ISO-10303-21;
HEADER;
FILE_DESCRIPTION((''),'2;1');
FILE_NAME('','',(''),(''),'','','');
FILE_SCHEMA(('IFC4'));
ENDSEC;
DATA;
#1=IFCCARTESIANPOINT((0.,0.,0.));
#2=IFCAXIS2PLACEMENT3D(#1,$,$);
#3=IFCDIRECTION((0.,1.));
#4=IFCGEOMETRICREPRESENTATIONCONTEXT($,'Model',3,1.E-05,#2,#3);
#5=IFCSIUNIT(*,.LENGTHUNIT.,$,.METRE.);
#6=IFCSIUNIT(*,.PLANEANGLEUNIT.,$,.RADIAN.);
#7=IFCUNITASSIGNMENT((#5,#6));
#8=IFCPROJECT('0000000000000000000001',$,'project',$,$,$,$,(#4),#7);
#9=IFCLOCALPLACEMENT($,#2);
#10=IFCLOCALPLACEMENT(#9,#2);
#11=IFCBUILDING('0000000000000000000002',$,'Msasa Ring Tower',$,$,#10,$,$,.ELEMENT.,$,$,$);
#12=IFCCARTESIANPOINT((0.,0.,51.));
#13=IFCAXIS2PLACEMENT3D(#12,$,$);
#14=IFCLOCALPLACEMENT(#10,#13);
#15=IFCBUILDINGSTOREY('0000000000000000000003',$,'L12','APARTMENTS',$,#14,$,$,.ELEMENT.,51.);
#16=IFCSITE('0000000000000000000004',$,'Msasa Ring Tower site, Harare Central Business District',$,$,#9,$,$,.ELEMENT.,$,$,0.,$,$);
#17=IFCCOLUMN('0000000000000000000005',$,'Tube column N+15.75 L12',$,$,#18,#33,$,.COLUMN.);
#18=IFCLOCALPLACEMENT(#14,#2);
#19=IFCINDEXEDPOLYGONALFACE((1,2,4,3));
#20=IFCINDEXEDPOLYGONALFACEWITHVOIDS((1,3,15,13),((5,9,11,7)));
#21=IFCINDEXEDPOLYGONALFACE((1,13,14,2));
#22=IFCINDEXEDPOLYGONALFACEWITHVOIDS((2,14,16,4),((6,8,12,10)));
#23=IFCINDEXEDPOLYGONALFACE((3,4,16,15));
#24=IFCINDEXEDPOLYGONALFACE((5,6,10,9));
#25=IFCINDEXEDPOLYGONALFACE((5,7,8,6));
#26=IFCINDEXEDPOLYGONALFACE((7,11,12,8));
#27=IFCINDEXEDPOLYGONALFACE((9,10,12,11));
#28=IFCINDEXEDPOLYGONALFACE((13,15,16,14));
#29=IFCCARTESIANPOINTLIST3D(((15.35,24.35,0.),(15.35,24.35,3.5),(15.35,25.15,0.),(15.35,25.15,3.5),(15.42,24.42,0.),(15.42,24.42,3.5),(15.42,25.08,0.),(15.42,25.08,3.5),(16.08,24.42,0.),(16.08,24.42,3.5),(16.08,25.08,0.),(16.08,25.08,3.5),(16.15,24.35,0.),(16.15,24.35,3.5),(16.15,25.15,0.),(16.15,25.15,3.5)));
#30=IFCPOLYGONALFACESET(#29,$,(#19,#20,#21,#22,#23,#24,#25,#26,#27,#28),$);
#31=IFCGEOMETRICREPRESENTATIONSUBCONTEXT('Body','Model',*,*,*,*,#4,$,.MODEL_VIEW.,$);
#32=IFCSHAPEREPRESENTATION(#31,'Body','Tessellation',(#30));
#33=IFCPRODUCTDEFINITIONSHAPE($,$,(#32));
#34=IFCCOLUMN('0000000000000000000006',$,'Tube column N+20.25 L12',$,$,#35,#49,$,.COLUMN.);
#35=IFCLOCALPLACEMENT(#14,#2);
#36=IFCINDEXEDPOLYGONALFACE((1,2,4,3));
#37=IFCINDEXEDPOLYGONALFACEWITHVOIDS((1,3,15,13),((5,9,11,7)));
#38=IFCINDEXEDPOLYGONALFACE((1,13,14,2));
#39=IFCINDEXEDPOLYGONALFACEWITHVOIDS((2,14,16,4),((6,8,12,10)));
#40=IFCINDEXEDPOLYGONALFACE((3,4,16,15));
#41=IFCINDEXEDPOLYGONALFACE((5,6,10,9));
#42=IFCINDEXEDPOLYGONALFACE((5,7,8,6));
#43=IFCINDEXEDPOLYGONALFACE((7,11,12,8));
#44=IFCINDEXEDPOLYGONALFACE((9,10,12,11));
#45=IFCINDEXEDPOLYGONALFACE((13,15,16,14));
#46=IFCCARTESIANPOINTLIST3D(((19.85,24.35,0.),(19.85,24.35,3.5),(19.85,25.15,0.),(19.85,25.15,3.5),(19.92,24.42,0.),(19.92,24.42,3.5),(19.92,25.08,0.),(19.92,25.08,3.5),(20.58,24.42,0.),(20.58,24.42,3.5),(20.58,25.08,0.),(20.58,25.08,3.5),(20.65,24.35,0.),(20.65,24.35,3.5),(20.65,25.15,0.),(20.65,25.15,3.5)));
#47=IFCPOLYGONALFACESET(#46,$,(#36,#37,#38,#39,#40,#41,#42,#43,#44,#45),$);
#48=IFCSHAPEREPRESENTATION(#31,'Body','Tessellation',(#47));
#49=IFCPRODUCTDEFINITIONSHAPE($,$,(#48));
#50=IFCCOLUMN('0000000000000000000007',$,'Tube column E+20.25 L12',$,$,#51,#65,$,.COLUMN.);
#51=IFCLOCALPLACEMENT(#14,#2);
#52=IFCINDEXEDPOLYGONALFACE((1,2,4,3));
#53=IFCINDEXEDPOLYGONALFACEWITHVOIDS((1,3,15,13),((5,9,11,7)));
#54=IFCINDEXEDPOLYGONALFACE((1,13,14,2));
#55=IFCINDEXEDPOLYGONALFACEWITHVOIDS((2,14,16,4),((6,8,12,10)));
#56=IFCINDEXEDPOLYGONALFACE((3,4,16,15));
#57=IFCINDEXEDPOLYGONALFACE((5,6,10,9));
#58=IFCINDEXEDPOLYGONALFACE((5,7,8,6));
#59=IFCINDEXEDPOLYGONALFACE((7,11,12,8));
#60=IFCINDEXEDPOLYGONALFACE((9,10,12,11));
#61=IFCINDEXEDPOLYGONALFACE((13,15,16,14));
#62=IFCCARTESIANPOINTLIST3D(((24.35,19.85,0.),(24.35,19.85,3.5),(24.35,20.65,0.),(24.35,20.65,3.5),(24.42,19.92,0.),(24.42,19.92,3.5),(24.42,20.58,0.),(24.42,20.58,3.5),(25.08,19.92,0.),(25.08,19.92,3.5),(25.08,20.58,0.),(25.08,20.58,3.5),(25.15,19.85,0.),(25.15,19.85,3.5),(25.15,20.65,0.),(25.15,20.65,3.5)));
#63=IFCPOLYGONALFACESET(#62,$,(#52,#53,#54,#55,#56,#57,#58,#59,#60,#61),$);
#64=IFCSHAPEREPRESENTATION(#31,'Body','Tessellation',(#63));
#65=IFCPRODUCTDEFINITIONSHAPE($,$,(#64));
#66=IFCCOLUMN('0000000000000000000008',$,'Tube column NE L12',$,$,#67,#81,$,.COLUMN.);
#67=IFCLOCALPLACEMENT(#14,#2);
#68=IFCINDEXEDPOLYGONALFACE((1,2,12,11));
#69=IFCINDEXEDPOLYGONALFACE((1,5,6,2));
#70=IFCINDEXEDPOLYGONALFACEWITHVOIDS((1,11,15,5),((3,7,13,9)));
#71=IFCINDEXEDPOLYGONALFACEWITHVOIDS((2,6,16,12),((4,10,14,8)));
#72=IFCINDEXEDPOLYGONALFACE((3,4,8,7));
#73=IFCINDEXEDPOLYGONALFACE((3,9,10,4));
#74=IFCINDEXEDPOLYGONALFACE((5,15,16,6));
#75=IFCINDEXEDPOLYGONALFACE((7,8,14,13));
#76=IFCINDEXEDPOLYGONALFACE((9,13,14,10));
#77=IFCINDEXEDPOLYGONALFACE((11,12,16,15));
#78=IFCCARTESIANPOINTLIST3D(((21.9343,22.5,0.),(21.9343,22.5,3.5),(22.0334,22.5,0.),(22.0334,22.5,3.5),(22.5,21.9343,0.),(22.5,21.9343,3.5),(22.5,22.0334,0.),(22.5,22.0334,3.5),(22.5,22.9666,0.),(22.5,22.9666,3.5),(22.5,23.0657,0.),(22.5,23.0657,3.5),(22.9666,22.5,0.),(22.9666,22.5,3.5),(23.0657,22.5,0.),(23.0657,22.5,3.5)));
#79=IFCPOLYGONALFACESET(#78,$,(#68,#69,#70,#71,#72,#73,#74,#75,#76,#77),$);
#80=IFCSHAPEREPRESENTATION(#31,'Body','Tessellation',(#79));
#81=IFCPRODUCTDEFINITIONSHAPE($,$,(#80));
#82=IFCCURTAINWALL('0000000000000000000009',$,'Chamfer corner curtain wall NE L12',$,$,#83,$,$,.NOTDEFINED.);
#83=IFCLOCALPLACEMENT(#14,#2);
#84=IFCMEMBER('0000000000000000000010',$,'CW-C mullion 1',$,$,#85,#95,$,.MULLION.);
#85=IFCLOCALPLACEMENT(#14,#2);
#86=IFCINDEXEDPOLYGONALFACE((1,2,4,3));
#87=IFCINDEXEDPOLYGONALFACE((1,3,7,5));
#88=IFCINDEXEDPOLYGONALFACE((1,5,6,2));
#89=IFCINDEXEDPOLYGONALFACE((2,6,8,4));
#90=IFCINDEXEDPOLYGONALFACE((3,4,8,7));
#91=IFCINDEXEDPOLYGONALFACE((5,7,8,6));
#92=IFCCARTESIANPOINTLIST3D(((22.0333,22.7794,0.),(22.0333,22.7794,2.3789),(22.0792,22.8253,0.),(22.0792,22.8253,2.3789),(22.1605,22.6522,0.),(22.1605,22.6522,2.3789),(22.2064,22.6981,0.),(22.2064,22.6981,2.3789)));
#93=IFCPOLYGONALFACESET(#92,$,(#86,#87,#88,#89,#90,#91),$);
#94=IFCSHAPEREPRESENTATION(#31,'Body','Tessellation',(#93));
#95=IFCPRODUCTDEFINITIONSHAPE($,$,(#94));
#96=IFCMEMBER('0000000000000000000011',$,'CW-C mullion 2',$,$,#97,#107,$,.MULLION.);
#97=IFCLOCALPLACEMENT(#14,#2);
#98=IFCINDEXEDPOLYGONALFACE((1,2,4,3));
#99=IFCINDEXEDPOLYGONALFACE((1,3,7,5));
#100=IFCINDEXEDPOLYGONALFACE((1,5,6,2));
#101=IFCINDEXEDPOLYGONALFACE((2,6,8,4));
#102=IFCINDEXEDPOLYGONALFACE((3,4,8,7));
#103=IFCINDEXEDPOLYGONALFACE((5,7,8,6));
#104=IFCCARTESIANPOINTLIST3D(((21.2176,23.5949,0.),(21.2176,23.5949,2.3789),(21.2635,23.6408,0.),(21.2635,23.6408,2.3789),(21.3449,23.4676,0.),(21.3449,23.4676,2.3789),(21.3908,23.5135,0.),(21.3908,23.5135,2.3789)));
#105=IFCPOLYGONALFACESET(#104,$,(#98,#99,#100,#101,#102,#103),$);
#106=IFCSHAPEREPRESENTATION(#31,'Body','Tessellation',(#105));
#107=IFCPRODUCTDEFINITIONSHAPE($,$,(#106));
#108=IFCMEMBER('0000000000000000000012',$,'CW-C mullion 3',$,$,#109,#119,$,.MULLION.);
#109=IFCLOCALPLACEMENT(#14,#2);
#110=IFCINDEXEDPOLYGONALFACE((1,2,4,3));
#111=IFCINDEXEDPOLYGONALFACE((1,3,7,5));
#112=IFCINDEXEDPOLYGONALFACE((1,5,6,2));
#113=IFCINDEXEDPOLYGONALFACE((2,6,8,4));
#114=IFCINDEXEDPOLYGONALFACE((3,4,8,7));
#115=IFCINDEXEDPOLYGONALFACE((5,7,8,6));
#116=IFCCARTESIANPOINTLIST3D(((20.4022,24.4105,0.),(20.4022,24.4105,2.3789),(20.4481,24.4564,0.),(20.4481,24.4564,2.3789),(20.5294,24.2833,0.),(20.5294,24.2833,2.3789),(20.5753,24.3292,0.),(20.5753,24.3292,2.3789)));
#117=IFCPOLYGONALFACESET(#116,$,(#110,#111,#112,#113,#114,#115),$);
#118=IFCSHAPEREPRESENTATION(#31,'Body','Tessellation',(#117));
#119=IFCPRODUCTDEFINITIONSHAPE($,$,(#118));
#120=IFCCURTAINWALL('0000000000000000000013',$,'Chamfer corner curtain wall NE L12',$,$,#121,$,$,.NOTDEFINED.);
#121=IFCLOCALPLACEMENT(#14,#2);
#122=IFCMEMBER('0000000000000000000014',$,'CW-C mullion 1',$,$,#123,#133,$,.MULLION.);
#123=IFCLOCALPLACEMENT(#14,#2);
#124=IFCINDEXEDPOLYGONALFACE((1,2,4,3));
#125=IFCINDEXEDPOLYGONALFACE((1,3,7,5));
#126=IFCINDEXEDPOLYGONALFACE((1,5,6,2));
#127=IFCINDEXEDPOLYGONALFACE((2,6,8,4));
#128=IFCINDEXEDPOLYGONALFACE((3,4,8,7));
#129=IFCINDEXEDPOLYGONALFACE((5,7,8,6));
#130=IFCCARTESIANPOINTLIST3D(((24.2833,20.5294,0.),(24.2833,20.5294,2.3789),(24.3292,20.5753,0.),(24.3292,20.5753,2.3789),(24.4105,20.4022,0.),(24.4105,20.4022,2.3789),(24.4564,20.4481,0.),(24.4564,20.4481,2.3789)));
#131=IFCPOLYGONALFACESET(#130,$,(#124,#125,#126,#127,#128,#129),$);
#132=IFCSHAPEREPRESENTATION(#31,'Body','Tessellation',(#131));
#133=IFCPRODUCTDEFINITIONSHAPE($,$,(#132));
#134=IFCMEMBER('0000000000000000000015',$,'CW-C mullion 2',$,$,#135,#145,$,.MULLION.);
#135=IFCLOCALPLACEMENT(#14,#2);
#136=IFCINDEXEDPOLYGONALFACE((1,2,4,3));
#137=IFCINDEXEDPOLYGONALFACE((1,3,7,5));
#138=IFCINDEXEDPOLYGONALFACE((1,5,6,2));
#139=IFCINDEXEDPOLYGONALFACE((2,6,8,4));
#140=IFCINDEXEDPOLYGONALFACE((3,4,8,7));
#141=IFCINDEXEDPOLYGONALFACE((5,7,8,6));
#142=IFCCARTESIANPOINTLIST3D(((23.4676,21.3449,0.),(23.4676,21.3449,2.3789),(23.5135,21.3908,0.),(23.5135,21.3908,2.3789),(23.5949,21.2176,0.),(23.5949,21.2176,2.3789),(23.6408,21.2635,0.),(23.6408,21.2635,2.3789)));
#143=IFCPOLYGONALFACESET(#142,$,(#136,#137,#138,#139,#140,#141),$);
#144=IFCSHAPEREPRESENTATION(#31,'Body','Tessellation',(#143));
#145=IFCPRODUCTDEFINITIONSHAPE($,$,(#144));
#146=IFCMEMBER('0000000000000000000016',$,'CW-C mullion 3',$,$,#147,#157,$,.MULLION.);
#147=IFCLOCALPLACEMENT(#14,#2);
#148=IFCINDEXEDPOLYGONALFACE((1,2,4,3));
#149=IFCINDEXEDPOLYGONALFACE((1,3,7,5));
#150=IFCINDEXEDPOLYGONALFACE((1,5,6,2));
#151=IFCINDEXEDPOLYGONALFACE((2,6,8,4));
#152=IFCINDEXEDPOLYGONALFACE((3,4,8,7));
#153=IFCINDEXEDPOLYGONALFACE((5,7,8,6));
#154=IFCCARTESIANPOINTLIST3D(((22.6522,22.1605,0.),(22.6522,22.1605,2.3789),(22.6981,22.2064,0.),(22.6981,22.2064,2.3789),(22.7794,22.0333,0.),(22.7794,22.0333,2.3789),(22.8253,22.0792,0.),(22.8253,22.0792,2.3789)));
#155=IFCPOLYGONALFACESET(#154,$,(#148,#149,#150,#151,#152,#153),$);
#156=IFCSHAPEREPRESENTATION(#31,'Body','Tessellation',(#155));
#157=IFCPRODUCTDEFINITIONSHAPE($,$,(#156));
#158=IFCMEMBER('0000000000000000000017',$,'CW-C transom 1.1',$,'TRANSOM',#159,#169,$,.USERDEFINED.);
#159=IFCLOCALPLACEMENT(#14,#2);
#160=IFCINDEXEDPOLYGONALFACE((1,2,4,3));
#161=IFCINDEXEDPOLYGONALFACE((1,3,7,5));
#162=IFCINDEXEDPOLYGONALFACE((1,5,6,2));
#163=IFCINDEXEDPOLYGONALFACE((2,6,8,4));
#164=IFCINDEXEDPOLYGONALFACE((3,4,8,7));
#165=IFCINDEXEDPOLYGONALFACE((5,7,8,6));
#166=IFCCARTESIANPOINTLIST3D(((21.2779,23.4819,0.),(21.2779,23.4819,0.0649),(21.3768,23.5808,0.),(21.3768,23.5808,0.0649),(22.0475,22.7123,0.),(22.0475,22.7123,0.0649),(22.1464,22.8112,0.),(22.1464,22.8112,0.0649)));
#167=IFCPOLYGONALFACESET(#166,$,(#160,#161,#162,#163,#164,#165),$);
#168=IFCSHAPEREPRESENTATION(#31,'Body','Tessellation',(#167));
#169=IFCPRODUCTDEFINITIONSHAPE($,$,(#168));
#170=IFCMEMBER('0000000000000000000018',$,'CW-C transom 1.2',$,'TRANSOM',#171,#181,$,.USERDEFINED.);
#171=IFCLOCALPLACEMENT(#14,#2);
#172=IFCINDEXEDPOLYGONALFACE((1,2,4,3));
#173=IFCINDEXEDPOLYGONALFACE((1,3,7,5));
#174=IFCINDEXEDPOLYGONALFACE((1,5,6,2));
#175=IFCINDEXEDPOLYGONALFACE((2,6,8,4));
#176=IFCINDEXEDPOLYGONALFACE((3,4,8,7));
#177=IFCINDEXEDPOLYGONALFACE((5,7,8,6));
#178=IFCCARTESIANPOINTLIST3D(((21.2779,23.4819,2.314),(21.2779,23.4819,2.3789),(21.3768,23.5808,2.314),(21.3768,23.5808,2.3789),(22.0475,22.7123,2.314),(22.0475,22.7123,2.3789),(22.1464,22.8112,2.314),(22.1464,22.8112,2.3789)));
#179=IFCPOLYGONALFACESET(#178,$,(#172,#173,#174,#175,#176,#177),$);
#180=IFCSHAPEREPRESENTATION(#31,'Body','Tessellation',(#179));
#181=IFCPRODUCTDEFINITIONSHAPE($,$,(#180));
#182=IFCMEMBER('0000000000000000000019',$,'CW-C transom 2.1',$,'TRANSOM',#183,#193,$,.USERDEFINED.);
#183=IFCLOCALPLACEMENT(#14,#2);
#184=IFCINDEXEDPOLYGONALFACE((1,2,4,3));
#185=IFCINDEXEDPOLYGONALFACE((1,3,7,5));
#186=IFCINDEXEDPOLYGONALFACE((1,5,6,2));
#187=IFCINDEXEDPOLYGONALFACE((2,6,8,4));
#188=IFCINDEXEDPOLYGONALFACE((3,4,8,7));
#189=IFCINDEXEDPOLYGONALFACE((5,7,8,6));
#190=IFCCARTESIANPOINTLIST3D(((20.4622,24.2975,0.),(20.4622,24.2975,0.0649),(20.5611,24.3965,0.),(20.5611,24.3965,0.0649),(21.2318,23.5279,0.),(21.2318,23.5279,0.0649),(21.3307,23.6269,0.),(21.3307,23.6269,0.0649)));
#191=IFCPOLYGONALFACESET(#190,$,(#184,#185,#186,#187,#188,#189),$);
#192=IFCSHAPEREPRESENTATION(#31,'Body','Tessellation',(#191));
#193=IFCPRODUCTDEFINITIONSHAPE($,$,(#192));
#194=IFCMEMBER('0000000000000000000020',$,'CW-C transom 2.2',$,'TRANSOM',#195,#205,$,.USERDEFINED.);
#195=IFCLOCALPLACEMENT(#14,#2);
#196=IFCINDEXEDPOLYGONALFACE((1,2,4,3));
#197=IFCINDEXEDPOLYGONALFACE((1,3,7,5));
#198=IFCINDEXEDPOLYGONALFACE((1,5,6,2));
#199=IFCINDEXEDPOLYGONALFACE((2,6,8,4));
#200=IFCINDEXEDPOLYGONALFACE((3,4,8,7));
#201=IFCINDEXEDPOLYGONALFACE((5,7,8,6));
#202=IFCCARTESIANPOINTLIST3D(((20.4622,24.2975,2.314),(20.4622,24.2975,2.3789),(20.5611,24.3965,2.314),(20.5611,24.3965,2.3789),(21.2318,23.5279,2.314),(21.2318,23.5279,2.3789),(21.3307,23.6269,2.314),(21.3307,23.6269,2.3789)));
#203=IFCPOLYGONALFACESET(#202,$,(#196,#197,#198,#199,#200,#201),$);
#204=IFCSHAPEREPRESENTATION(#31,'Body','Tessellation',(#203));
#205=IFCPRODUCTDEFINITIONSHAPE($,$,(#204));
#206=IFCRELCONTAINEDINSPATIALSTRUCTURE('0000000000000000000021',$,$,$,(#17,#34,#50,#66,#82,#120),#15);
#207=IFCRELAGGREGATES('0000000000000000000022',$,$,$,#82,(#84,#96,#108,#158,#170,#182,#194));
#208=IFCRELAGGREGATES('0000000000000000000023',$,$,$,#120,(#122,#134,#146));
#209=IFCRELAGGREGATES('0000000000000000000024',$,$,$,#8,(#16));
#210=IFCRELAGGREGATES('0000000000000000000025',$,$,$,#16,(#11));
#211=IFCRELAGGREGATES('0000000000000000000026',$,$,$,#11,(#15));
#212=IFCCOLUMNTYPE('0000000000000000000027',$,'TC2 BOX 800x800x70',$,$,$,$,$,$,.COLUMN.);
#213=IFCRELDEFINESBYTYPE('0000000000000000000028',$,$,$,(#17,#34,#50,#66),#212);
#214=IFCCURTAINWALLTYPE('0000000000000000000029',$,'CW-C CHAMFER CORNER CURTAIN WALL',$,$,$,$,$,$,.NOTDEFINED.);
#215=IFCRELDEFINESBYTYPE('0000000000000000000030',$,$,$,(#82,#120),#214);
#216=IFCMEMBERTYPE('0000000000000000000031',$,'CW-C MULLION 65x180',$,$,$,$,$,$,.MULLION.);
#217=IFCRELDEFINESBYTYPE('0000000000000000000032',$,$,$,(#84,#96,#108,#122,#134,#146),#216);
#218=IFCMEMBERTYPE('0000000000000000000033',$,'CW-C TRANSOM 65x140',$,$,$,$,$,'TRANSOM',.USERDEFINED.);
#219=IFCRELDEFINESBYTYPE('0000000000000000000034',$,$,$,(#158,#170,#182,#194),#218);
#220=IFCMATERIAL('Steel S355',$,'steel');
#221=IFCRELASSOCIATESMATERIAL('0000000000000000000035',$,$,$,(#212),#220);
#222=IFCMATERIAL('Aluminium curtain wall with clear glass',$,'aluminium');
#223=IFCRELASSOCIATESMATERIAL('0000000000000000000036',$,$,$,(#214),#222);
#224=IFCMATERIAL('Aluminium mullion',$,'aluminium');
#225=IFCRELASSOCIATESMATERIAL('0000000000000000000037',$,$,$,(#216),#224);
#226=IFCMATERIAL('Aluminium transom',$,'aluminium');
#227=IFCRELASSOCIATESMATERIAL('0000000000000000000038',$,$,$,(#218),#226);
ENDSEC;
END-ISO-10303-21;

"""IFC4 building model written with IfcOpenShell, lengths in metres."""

from ifc_helpers import new_model, si_unit, direction, frame, origin, origin_2d, place, context, subcontext, project, spatial, rectangle, hollow_rectangle, extrude, material, material_profile, profile_set, type_object, element, aggregate, save


model = new_model("IFC4")

# Units and contexts
model_context = context("Model", 3, precision=1e-05, world=origin(), true_north=direction((0.0, 1.0)))
body_context = subcontext(model_context, "Body", "Model", "MODEL_VIEW")
ifc_project = project(units=[si_unit("LENGTHUNIT", "METRE"), si_unit("PLANEANGLEUNIT", "RADIAN")], contexts=[model_context])

# Site, building, storey
site_placement = place(None, origin())
site = spatial("IfcSite", under=ifc_project, at=site_placement, Name="Msasa Ring Tower site, Harare Central Business District", CompositionType="ELEMENT", RefElevation=0.0)
building_placement = place(site_placement, origin())
building = spatial("IfcBuilding", under=site, at=building_placement, Name="Msasa Ring Tower", CompositionType="ELEMENT")
storey_placement = place(building_placement, frame((0.0, 0.0, 51.0)))
storey = spatial("IfcBuildingStorey", under=building, at=storey_placement, Name="L12", Description="APARTMENTS", CompositionType="ELEMENT", Elevation=51.0)

# Columns
ifc_material_1 = material(Name="Steel S355", Category="steel")
ifc_material_profile_1 = material_profile(ifc_material_1, hollow_rectangle(XDim=0.8, YDim=0.8, WallThickness=0.0701, at=origin_2d()), Name="BOX 800x800x70")
ifc_profile_set_1 = profile_set([ifc_material_profile_1], Name="Steel S355")
column_type = type_object("IfcColumnType", Name="TC2 BOX 800x800x70", PredefinedType="COLUMN", material=ifc_profile_set_1)
for number, where, z_axis, x_axis, name in (
    (1, (15.75, 24.75, 0.0), (0.0, 0.0, 1.0), (0.0, 1.0, 0.0), "Tube column N+15.75 L12"),
    (2, (20.25, 24.75, 0.0), (0.0, 0.0, 1.0), (0.0, 1.0, 0.0), "Tube column N+20.25 L12"),
    (3, (24.75, 20.25, 0.0), (0.0, 0.0, 1.0), (1.0, 0.0, 0.0), "Tube column E+20.25 L12"),
    (4, (22.5, 22.5, 0.0), (0.0, 0.0, 1.0), (0.707107, 0.707107, 0.0), "Tube column NE L12"),
):
    element("IfcColumn", number, at=place(storey_placement, frame(where, z_axis=z_axis, x_axis=x_axis)), inside=storey, type_object=column_type, Name=name, PredefinedType="COLUMN", context=body_context, shape_type="SweptSolid", body=[
        extrude(hollow_rectangle(XDim=0.8, YDim=0.8, WallThickness=0.0701, at=origin_2d()), origin(), (0.0, 0.0, 1.0), 3.5),
    ])

# Curtain walls, members
ifc_material_2 = material(Name="Aluminium curtain wall with clear glass", Category="aluminium")
curtain_wall_type = type_object("IfcCurtainWallType", Name="CW-C CHAMFER CORNER CURTAIN WALL", PredefinedType="NOTDEFINED", material=ifc_material_2)
curtain_wall_1_placement = place(storey_placement, origin())
curtain_wall_1 = element("IfcCurtainWall", 5, at=curtain_wall_1_placement, inside=storey, type_object=curtain_wall_type, Name="Chamfer corner curtain wall NE L12", PredefinedType="NOTDEFINED")
ifc_material_3 = material(Name="Aluminium mullion", Category="aluminium")
ifc_material_profile_2 = material_profile(ifc_material_3, rectangle(XDim=0.0649, YDim=0.1799, at=origin_2d()), Name="AL 65x180")
ifc_profile_set_2 = profile_set([ifc_material_profile_2], Name="Aluminium mullion")
member_type_1 = type_object("IfcMemberType", Name="CW-C MULLION 65x180", PredefinedType="MULLION", material=ifc_profile_set_2)
member_1_placement = place(storey_placement, frame((22.1199, 22.7388, 0.0), z_axis=(0.0, 0.0, 1.0), x_axis=(-0.707107, -0.707107, 0.0)))
member_1 = element("IfcMember", 6, at=member_1_placement, type_object=member_type_1, Name="CW-C mullion 1", PredefinedType="MULLION", context=body_context, shape_type="SweptSolid", body=[
    extrude(rectangle(XDim=0.0649, YDim=0.1799, at=origin_2d()), origin(), (0.0, 0.0, 1.0), 2.3789),
])
member_2_placement = place(storey_placement, frame((21.3042, 23.5542, 0.0), z_axis=(0.0, 0.0, 1.0), x_axis=(-0.707107, -0.707107, 0.0)))
member_2 = element("IfcMember", 7, at=member_2_placement, type_object=member_type_1, Name="CW-C mullion 2", PredefinedType="MULLION", context=body_context, shape_type="SweptSolid", body=[
    extrude(rectangle(XDim=0.0649, YDim=0.1799, at=origin_2d()), origin(), (0.0, 0.0, 1.0), 2.3789),
])
member_3_placement = place(storey_placement, frame((20.4888, 24.3699, 0.0), z_axis=(0.0, 0.0, 1.0), x_axis=(-0.707107, -0.707107, 0.0)))
member_3 = element("IfcMember", 8, at=member_3_placement, type_object=member_type_1, Name="CW-C mullion 3", PredefinedType="MULLION", context=body_context, shape_type="SweptSolid", body=[
    extrude(rectangle(XDim=0.0649, YDim=0.1799, at=origin_2d()), origin(), (0.0, 0.0, 1.0), 2.3789),
])
curtain_wall_2_placement = place(storey_placement, origin())
curtain_wall_2 = element("IfcCurtainWall", 9, at=curtain_wall_2_placement, inside=storey, type_object=curtain_wall_type, Name="Chamfer corner curtain wall NE L12", PredefinedType="NOTDEFINED")
member_4_placement = place(storey_placement, frame((24.3699, 20.4888, 0.0), z_axis=(0.0, 0.0, 1.0), x_axis=(-0.707107, -0.707107, 0.0)))
member_4 = element("IfcMember", 10, at=member_4_placement, type_object=member_type_1, Name="CW-C mullion 1", PredefinedType="MULLION", context=body_context, shape_type="SweptSolid", body=[
    extrude(rectangle(XDim=0.0649, YDim=0.1799, at=origin_2d()), origin(), (0.0, 0.0, 1.0), 2.3789),
])
member_5_placement = place(storey_placement, frame((23.5542, 21.3042, 0.0), z_axis=(0.0, 0.0, 1.0), x_axis=(-0.707107, -0.707107, 0.0)))
member_5 = element("IfcMember", 11, at=member_5_placement, type_object=member_type_1, Name="CW-C mullion 2", PredefinedType="MULLION", context=body_context, shape_type="SweptSolid", body=[
    extrude(rectangle(XDim=0.0649, YDim=0.1799, at=origin_2d()), origin(), (0.0, 0.0, 1.0), 2.3789),
])
member_6_placement = place(storey_placement, frame((22.7388, 22.1199, 0.0), z_axis=(0.0, 0.0, 1.0), x_axis=(-0.707107, -0.707107, 0.0)))
member_6 = element("IfcMember", 12, at=member_6_placement, type_object=member_type_1, Name="CW-C mullion 3", PredefinedType="MULLION", context=body_context, shape_type="SweptSolid", body=[
    extrude(rectangle(XDim=0.0649, YDim=0.1799, at=origin_2d()), origin(), (0.0, 0.0, 1.0), 2.3789),
])

# Members
ifc_material_4 = material(Name="Aluminium transom", Category="aluminium")
ifc_material_profile_3 = material_profile(ifc_material_4, rectangle(XDim=0.1399, YDim=0.0649, at=origin_2d()), Name="AL 65x140")
ifc_profile_set_3 = profile_set([ifc_material_profile_3], Name="Aluminium transom")
member_type_2 = type_object("IfcMemberType", Name="CW-C TRANSOM 65x140", ElementType="TRANSOM", PredefinedType="USERDEFINED", material=ifc_profile_set_3)
member_7_placement = place(storey_placement, frame((22.0969, 22.7617, 0.0325), z_axis=(-0.707107, 0.707107, 0.0), x_axis=(-0.707107, -0.707107, 0.0)))
member_7 = element("IfcMember", 13, at=member_7_placement, type_object=member_type_2, Name="CW-C transom 1.1", ObjectType="TRANSOM", PredefinedType="USERDEFINED", context=body_context, shape_type="SweptSolid", body=[
    extrude(rectangle(XDim=0.1399, YDim=0.0649, at=origin_2d()), origin(), (0.0, 0.0, 1.0), 1.0884),
])
member_8_placement = place(storey_placement, frame((22.0969, 22.7617, 2.3464), z_axis=(-0.707107, 0.707107, 0.0), x_axis=(-0.707107, -0.707107, 0.0)))
member_8 = element("IfcMember", 14, at=member_8_placement, type_object=member_type_2, Name="CW-C transom 1.2", ObjectType="TRANSOM", PredefinedType="USERDEFINED", context=body_context, shape_type="SweptSolid", body=[
    extrude(rectangle(XDim=0.1399, YDim=0.0649, at=origin_2d()), origin(), (0.0, 0.0, 1.0), 1.0884),
])
member_9_placement = place(storey_placement, frame((21.2812, 23.5774, 0.0325), z_axis=(-0.707107, 0.707107, 0.0), x_axis=(-0.707107, -0.707107, 0.0)))
member_9 = element("IfcMember", 15, at=member_9_placement, type_object=member_type_2, Name="CW-C transom 2.1", ObjectType="TRANSOM", PredefinedType="USERDEFINED", context=body_context, shape_type="SweptSolid", body=[
    extrude(rectangle(XDim=0.1399, YDim=0.0649, at=origin_2d()), origin(), (0.0, 0.0, 1.0), 1.0884),
])
member_10_placement = place(storey_placement, frame((21.2812, 23.5774, 2.3464), z_axis=(-0.707107, 0.707107, 0.0), x_axis=(-0.707107, -0.707107, 0.0)))
member_10 = element("IfcMember", 16, at=member_10_placement, type_object=member_type_2, Name="CW-C transom 2.2", ObjectType="TRANSOM", PredefinedType="USERDEFINED", context=body_context, shape_type="SweptSolid", body=[
    extrude(rectangle(XDim=0.1399, YDim=0.0649, at=origin_2d()), origin(), (0.0, 0.0, 1.0), 1.0884),
])

aggregate(curtain_wall_1, [member_1, member_2, member_3, member_7, member_8, member_9, member_10])
aggregate(curtain_wall_2, [member_4, member_5, member_6])

save(model, "model.ifc")
